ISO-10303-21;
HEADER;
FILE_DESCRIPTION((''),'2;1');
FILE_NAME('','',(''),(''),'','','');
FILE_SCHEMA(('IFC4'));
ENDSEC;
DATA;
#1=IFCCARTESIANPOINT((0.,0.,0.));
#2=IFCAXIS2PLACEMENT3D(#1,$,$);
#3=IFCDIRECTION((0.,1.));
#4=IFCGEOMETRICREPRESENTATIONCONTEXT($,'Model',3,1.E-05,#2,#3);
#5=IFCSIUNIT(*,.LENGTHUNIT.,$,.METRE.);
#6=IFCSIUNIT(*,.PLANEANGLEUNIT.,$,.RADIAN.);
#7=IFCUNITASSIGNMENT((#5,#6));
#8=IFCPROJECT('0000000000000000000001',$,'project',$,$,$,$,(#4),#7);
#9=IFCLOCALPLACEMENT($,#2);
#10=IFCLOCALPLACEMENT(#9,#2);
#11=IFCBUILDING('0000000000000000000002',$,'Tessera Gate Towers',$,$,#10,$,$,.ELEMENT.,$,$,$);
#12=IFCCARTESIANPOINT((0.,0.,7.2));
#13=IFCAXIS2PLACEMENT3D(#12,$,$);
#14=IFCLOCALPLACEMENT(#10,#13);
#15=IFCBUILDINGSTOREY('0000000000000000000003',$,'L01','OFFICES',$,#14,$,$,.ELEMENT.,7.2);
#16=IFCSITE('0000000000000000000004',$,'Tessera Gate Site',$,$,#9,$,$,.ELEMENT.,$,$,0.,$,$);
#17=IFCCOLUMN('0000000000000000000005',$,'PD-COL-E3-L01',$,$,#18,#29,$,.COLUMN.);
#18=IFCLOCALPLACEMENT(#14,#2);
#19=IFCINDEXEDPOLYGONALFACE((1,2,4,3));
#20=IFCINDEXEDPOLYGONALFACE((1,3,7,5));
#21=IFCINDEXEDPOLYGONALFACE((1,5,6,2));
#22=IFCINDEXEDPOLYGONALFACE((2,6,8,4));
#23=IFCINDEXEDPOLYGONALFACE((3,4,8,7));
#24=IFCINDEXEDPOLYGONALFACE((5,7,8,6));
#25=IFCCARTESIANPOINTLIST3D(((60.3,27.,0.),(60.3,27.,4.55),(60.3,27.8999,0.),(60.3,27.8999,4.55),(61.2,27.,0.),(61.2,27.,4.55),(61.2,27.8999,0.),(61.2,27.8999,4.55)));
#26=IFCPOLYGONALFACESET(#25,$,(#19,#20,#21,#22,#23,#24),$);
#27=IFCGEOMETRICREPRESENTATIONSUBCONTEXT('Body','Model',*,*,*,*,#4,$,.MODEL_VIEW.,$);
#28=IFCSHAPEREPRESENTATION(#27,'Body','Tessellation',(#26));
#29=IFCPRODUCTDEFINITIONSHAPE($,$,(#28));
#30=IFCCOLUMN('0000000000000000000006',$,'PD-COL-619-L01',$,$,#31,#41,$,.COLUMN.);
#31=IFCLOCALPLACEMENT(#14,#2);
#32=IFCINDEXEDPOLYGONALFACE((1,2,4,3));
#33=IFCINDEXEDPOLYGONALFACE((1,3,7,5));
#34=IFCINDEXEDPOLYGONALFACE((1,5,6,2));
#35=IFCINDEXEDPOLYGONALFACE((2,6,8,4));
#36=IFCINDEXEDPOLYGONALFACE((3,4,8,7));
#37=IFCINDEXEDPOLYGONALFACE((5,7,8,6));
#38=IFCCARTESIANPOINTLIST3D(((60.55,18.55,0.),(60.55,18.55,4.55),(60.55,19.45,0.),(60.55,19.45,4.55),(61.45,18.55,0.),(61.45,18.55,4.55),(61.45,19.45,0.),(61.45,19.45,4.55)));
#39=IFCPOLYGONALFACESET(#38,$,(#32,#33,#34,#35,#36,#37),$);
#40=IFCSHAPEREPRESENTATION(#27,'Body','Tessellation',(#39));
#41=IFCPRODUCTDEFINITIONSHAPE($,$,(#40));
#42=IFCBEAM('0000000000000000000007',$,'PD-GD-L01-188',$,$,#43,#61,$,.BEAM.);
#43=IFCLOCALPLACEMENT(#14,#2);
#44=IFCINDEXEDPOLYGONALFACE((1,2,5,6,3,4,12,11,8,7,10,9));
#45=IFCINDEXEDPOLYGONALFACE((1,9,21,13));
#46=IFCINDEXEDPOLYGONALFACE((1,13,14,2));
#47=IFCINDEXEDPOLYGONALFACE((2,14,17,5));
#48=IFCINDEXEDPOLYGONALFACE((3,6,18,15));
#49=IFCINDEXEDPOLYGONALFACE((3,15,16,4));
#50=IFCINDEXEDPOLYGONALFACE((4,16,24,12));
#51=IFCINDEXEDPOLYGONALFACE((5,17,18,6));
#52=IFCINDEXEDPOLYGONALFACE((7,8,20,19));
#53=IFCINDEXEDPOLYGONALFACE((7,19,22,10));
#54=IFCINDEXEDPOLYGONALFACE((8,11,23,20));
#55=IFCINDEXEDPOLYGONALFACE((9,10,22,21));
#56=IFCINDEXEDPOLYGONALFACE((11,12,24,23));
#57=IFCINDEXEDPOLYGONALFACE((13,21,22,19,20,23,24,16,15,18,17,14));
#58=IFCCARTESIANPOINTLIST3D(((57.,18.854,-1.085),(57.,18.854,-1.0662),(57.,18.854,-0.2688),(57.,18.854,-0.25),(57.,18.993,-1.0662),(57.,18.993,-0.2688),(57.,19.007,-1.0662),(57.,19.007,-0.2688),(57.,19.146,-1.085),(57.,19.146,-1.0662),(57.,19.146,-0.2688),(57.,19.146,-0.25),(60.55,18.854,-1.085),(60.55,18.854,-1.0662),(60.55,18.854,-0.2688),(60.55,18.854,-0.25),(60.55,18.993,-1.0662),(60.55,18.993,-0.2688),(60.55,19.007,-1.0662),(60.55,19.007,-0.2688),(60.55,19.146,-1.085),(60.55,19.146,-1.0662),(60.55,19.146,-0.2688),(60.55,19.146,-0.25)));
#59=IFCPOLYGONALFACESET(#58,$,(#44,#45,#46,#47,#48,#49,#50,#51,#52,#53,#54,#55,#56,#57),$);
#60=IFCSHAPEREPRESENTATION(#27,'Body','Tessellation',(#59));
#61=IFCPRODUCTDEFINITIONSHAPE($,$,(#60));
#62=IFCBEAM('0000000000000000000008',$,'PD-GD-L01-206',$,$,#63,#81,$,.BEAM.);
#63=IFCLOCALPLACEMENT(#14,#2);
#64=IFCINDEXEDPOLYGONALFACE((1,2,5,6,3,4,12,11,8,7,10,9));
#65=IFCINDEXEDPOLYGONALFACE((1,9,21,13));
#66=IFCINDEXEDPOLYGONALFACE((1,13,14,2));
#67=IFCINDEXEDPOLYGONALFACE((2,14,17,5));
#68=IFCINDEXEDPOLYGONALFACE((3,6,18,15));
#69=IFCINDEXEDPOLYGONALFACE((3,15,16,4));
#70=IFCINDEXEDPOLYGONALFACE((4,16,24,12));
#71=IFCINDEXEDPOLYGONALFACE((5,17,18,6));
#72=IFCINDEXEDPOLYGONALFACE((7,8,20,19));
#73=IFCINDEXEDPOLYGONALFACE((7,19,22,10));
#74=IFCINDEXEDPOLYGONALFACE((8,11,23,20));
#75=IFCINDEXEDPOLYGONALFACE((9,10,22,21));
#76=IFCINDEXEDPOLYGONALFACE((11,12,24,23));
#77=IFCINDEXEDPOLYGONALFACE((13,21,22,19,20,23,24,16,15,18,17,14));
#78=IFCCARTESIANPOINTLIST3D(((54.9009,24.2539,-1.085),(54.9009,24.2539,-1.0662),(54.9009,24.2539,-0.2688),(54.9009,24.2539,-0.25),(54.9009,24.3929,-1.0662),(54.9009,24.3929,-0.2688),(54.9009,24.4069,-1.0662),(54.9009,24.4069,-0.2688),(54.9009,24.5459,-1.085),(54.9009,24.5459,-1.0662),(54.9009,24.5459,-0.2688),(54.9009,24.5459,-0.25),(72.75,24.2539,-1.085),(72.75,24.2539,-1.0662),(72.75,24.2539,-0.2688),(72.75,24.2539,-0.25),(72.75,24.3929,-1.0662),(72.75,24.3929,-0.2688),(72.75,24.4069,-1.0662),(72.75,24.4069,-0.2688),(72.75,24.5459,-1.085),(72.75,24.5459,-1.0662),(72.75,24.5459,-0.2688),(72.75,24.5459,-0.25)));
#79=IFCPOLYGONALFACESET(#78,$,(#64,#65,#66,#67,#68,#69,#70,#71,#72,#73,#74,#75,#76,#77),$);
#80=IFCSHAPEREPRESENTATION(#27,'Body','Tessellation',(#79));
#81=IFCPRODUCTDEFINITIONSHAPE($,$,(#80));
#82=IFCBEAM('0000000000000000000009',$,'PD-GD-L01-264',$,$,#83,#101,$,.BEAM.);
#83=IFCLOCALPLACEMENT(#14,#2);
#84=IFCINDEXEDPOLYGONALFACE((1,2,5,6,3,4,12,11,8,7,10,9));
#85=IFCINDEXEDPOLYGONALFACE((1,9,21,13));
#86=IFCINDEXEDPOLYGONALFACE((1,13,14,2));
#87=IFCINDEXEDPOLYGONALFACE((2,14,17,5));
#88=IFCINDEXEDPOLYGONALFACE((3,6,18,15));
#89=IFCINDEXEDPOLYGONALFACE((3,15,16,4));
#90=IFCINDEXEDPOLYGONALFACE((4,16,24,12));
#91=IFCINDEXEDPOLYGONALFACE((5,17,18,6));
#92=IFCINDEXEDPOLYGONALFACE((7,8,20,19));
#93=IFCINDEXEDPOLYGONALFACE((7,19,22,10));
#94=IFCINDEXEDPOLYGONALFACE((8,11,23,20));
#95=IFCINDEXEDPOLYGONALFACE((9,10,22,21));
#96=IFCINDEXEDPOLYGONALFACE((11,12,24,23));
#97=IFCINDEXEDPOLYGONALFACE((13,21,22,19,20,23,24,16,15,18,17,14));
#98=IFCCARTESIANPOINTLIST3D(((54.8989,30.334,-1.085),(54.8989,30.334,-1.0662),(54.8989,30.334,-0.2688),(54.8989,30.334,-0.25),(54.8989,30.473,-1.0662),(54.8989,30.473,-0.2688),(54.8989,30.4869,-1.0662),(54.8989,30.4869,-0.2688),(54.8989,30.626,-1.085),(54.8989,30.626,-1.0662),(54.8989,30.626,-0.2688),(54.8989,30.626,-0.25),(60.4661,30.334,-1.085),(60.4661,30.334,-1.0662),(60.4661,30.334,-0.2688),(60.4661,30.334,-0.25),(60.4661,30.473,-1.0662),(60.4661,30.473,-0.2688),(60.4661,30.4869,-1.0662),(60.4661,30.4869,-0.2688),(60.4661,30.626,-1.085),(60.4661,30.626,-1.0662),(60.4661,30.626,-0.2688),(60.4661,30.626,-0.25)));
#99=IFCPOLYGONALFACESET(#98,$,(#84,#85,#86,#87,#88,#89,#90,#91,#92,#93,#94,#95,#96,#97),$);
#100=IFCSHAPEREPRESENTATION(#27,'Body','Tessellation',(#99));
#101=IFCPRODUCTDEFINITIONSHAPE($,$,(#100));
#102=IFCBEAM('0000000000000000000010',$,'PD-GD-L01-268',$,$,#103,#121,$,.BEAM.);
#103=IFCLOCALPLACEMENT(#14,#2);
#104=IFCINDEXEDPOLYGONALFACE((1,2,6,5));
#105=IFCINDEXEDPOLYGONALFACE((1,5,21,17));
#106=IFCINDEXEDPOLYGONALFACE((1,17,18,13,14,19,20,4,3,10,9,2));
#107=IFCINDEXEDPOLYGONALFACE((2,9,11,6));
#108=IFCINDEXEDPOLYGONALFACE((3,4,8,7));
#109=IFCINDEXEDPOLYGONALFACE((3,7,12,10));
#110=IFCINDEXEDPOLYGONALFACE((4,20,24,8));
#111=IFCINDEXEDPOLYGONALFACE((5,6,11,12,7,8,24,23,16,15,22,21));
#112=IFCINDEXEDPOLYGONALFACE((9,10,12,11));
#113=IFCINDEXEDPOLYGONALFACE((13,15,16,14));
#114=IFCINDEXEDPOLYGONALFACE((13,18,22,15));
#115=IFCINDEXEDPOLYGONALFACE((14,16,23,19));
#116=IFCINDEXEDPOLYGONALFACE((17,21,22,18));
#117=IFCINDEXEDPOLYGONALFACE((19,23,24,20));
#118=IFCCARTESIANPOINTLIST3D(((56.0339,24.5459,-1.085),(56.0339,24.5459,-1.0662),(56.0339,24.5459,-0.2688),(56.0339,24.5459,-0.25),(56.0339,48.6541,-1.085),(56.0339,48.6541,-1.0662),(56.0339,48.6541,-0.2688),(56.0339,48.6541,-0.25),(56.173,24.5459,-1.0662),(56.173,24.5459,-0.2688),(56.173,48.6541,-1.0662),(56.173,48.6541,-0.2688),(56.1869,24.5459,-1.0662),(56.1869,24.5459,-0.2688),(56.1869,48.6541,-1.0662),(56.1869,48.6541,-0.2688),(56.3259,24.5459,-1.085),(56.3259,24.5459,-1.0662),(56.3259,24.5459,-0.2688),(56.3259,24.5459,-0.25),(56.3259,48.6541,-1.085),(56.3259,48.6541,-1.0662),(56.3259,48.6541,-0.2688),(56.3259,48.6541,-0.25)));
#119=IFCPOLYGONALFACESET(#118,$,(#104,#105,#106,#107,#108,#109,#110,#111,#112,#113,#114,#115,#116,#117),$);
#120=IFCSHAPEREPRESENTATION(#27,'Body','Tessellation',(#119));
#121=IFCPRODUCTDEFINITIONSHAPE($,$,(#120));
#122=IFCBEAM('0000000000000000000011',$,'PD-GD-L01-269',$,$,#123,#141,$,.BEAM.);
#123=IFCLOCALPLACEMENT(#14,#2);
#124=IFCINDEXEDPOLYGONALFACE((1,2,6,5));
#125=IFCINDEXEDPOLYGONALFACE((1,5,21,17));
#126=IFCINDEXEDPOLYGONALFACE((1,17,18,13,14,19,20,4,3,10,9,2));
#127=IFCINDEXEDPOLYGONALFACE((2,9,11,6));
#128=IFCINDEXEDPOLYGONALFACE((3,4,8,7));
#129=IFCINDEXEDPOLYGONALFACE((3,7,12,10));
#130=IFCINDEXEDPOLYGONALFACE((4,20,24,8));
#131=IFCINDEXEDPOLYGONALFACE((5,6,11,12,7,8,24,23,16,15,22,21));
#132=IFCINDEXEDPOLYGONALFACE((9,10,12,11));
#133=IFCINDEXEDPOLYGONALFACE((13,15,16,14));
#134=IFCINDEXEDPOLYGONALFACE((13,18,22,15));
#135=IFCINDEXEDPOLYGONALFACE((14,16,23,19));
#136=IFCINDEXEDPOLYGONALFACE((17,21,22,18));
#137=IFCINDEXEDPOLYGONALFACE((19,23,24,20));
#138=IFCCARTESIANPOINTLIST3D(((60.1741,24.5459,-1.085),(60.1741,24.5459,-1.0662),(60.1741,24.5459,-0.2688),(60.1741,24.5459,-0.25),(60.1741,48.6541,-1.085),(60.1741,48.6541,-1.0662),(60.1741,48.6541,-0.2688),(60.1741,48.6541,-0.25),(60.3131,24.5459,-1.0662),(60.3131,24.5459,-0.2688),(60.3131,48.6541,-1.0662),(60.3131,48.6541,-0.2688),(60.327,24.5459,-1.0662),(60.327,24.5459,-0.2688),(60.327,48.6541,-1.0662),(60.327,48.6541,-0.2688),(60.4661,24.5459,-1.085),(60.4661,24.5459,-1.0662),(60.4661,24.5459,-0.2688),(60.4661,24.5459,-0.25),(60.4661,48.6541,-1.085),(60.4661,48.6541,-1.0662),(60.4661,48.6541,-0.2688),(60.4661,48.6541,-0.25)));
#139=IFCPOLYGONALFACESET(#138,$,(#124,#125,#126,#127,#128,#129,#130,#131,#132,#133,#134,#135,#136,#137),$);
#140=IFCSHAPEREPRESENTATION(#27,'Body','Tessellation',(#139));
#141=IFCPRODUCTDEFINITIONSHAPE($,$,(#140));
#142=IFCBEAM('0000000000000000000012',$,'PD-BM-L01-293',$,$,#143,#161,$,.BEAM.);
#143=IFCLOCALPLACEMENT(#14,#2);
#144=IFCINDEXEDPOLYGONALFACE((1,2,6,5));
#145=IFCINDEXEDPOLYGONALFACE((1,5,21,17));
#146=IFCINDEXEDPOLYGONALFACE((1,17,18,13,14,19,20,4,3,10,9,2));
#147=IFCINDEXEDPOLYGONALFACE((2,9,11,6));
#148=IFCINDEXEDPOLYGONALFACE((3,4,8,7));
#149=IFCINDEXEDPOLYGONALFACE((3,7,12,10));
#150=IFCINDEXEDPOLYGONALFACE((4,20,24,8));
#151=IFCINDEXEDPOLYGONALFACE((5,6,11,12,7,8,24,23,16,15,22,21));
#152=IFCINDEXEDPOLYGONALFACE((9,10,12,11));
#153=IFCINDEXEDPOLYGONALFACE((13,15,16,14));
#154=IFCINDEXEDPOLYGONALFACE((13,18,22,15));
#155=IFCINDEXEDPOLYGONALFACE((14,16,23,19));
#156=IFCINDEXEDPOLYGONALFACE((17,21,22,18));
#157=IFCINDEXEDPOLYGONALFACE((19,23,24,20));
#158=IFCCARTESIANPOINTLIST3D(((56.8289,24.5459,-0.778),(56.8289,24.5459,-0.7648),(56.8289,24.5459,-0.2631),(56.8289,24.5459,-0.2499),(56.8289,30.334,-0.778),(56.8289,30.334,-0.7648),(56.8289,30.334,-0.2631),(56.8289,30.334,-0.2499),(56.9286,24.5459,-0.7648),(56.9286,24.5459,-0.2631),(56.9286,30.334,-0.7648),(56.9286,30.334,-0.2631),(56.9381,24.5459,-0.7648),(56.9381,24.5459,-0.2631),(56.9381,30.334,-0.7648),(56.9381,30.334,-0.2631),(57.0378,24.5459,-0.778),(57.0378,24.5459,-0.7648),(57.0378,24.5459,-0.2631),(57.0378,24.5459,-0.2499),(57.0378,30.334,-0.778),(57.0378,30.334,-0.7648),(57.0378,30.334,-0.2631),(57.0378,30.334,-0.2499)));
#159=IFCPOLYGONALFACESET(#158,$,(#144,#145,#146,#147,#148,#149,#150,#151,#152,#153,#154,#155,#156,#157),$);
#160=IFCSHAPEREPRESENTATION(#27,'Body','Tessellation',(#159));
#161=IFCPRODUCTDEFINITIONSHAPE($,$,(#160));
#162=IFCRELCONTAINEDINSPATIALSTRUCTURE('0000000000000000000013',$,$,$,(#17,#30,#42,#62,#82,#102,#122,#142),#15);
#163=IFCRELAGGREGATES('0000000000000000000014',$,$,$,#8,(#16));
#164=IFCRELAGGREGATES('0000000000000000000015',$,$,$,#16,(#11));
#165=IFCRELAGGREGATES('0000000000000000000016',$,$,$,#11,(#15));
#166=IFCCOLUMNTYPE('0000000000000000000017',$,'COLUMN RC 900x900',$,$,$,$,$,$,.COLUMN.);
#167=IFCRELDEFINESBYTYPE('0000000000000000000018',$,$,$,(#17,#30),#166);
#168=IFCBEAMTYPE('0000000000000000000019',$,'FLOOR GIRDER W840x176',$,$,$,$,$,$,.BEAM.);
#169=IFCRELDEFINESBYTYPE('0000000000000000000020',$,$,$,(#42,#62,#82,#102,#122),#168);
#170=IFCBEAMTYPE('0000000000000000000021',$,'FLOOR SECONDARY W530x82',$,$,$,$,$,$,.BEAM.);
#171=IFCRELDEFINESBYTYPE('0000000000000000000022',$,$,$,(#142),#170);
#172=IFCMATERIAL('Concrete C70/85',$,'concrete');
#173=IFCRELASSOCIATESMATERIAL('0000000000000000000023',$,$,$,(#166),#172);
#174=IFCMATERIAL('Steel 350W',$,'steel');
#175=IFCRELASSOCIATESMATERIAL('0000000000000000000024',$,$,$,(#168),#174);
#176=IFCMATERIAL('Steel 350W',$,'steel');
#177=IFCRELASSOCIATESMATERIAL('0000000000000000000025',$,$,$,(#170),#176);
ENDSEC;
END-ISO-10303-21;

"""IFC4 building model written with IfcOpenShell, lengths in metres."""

from ifc_helpers import new_model, si_unit, direction, frame, origin, origin_2d, place, context, subcontext, project, spatial, rectangle, i_section, extrude, material, material_profile, profile_set, type_object, element, save


model = new_model("IFC4")

# Units and contexts
model_context = context("Model", 3, precision=1e-05, world=origin(), true_north=direction((0.0, 1.0)))
body_context = subcontext(model_context, "Body", "Model", "MODEL_VIEW")
ifc_project = project(units=[si_unit("LENGTHUNIT", "METRE"), si_unit("PLANEANGLEUNIT", "RADIAN")], contexts=[model_context])

# Site, building, storey
site_placement = place(None, origin())
site = spatial("IfcSite", under=ifc_project, at=site_placement, Name="Tessera Gate Site", CompositionType="ELEMENT", RefElevation=0.0)
building_placement = place(site_placement, origin())
building = spatial("IfcBuilding", under=site, at=building_placement, Name="Tessera Gate Towers", CompositionType="ELEMENT")
storey_placement = place(building_placement, frame((0.0, 0.0, 7.2)))
storey = spatial("IfcBuildingStorey", under=building, at=storey_placement, Name="L01", Description="OFFICES", CompositionType="ELEMENT", Elevation=7.2)

# Columns
ifc_material_1 = material(Name="Concrete C70/85", Category="concrete")
ifc_material_profile_1 = material_profile(ifc_material_1, rectangle(XDim=0.8999, YDim=0.8999, at=origin_2d()), Name="RC 900x900")
ifc_profile_set_1 = profile_set([ifc_material_profile_1], Name="Concrete C70/85")
column_type = type_object("IfcColumnType", Name="COLUMN RC 900x900", PredefinedType="COLUMN", material=ifc_profile_set_1)
for number, where, z_axis, x_axis, name in (
    (1, (60.75, 27.45, 0.0), (0.0, 0.0, 1.0), (1.0, 0.0, 0.0), "PD-COL-E3-L01"),
    (2, (61.0, 19.0, 0.0), (0.0, 0.0, 1.0), (1.0, 0.0, 0.0), "PD-COL-619-L01"),
):
    element("IfcColumn", number, at=place(storey_placement, frame(where, z_axis=z_axis, x_axis=x_axis)), inside=storey, type_object=column_type, Name=name, PredefinedType="COLUMN", context=body_context, shape_type="SweptSolid", body=[
        extrude(rectangle(XDim=0.8999, YDim=0.8999, at=origin_2d()), origin(), (0.0, 0.0, 1.0), 4.55),
    ])

# Beams
ifc_material_2 = material(Name="Steel 350W", Category="steel")
ifc_material_profile_2 = material_profile(ifc_material_2, i_section(OverallWidth=0.292, OverallDepth=0.835, WebThickness=0.0139, FlangeThickness=0.0188, at=origin_2d()), Name="W840x176")
ifc_profile_set_2 = profile_set([ifc_material_profile_2], Name="Steel 350W")
beam_type_1 = type_object("IfcBeamType", Name="FLOOR GIRDER W840x176", PredefinedType="BEAM", material=ifc_profile_set_2)
beam_1_placement = place(storey_placement, frame((57.0, 19.0, -0.6675), z_axis=(1.0, 0.0, 0.0), x_axis=(0.0, 1.0, 0.0)))
element("IfcBeam", 3, at=beam_1_placement, inside=storey, type_object=beam_type_1, Name="PD-GD-L01-188", PredefinedType="BEAM", context=body_context, shape_type="SweptSolid", body=[
    extrude(i_section(OverallWidth=0.292, OverallDepth=0.835, WebThickness=0.0139, FlangeThickness=0.0188, at=origin_2d()), origin(), (0.0, 0.0, 1.0), 3.55),
])
beam_2_placement = place(storey_placement, frame((54.9009, 24.3999, -0.6675), z_axis=(1.0, 0.0, 0.0), x_axis=(0.0, 1.0, 0.0)))
element("IfcBeam", 4, at=beam_2_placement, inside=storey, type_object=beam_type_1, Name="PD-GD-L01-206", PredefinedType="BEAM", context=body_context, shape_type="SweptSolid", body=[
    extrude(i_section(OverallWidth=0.292, OverallDepth=0.835, WebThickness=0.0139, FlangeThickness=0.0188, at=origin_2d()), origin(), (0.0, 0.0, 1.0), 17.8491),
])
beam_3_placement = place(storey_placement, frame((54.8989, 30.48, -0.6675), z_axis=(1.0, 0.0, 0.0), x_axis=(0.0, 1.0, 0.0)))
element("IfcBeam", 5, at=beam_3_placement, inside=storey, type_object=beam_type_1, Name="PD-GD-L01-264", PredefinedType="BEAM", context=body_context, shape_type="SweptSolid", body=[
    extrude(i_section(OverallWidth=0.292, OverallDepth=0.835, WebThickness=0.0139, FlangeThickness=0.0188, at=origin_2d()), origin(), (0.0, 0.0, 1.0), 5.5671),
])
for number, where, z_axis, x_axis, name in (
    (6, (56.1799, 24.5459, -0.6675), (0.0, 1.0, 0.0), (-1.0, 0.0, 0.0), "PD-GD-L01-268"),
    (7, (60.3201, 24.5459, -0.6675), (0.0, 1.0, 0.0), (-1.0, 0.0, 0.0), "PD-GD-L01-269"),
):
    element("IfcBeam", number, at=place(storey_placement, frame(where, z_axis=z_axis, x_axis=x_axis)), inside=storey, type_object=beam_type_1, Name=name, PredefinedType="BEAM", context=body_context, shape_type="SweptSolid", body=[
        extrude(i_section(OverallWidth=0.292, OverallDepth=0.835, WebThickness=0.0139, FlangeThickness=0.0188, at=origin_2d()), origin(), (0.0, 0.0, 1.0), 24.1082),
    ])
ifc_material_3 = material(Name="Steel 350W", Category="steel")
ifc_material_profile_3 = material_profile(ifc_material_3, i_section(OverallWidth=0.209, OverallDepth=0.5281, WebThickness=0.0095, FlangeThickness=0.0132, at=origin_2d()), Name="W530x82")
ifc_profile_set_3 = profile_set([ifc_material_profile_3], Name="Steel 350W")
beam_type_2 = type_object("IfcBeamType", Name="FLOOR SECONDARY W530x82", PredefinedType="BEAM", material=ifc_profile_set_3)
beam_4_placement = place(storey_placement, frame((56.9333, 24.5459, -0.5139), z_axis=(0.0, 1.0, 0.0), x_axis=(-1.0, 0.0, 0.0)))
element("IfcBeam", 8, at=beam_4_placement, inside=storey, type_object=beam_type_2, Name="PD-BM-L01-293", PredefinedType="BEAM", context=body_context, shape_type="SweptSolid", body=[
    extrude(i_section(OverallWidth=0.209, OverallDepth=0.5281, WebThickness=0.0095, FlangeThickness=0.0132, at=origin_2d()), origin(), (0.0, 0.0, 1.0), 5.7881),
])

save(model, "model.ifc")
